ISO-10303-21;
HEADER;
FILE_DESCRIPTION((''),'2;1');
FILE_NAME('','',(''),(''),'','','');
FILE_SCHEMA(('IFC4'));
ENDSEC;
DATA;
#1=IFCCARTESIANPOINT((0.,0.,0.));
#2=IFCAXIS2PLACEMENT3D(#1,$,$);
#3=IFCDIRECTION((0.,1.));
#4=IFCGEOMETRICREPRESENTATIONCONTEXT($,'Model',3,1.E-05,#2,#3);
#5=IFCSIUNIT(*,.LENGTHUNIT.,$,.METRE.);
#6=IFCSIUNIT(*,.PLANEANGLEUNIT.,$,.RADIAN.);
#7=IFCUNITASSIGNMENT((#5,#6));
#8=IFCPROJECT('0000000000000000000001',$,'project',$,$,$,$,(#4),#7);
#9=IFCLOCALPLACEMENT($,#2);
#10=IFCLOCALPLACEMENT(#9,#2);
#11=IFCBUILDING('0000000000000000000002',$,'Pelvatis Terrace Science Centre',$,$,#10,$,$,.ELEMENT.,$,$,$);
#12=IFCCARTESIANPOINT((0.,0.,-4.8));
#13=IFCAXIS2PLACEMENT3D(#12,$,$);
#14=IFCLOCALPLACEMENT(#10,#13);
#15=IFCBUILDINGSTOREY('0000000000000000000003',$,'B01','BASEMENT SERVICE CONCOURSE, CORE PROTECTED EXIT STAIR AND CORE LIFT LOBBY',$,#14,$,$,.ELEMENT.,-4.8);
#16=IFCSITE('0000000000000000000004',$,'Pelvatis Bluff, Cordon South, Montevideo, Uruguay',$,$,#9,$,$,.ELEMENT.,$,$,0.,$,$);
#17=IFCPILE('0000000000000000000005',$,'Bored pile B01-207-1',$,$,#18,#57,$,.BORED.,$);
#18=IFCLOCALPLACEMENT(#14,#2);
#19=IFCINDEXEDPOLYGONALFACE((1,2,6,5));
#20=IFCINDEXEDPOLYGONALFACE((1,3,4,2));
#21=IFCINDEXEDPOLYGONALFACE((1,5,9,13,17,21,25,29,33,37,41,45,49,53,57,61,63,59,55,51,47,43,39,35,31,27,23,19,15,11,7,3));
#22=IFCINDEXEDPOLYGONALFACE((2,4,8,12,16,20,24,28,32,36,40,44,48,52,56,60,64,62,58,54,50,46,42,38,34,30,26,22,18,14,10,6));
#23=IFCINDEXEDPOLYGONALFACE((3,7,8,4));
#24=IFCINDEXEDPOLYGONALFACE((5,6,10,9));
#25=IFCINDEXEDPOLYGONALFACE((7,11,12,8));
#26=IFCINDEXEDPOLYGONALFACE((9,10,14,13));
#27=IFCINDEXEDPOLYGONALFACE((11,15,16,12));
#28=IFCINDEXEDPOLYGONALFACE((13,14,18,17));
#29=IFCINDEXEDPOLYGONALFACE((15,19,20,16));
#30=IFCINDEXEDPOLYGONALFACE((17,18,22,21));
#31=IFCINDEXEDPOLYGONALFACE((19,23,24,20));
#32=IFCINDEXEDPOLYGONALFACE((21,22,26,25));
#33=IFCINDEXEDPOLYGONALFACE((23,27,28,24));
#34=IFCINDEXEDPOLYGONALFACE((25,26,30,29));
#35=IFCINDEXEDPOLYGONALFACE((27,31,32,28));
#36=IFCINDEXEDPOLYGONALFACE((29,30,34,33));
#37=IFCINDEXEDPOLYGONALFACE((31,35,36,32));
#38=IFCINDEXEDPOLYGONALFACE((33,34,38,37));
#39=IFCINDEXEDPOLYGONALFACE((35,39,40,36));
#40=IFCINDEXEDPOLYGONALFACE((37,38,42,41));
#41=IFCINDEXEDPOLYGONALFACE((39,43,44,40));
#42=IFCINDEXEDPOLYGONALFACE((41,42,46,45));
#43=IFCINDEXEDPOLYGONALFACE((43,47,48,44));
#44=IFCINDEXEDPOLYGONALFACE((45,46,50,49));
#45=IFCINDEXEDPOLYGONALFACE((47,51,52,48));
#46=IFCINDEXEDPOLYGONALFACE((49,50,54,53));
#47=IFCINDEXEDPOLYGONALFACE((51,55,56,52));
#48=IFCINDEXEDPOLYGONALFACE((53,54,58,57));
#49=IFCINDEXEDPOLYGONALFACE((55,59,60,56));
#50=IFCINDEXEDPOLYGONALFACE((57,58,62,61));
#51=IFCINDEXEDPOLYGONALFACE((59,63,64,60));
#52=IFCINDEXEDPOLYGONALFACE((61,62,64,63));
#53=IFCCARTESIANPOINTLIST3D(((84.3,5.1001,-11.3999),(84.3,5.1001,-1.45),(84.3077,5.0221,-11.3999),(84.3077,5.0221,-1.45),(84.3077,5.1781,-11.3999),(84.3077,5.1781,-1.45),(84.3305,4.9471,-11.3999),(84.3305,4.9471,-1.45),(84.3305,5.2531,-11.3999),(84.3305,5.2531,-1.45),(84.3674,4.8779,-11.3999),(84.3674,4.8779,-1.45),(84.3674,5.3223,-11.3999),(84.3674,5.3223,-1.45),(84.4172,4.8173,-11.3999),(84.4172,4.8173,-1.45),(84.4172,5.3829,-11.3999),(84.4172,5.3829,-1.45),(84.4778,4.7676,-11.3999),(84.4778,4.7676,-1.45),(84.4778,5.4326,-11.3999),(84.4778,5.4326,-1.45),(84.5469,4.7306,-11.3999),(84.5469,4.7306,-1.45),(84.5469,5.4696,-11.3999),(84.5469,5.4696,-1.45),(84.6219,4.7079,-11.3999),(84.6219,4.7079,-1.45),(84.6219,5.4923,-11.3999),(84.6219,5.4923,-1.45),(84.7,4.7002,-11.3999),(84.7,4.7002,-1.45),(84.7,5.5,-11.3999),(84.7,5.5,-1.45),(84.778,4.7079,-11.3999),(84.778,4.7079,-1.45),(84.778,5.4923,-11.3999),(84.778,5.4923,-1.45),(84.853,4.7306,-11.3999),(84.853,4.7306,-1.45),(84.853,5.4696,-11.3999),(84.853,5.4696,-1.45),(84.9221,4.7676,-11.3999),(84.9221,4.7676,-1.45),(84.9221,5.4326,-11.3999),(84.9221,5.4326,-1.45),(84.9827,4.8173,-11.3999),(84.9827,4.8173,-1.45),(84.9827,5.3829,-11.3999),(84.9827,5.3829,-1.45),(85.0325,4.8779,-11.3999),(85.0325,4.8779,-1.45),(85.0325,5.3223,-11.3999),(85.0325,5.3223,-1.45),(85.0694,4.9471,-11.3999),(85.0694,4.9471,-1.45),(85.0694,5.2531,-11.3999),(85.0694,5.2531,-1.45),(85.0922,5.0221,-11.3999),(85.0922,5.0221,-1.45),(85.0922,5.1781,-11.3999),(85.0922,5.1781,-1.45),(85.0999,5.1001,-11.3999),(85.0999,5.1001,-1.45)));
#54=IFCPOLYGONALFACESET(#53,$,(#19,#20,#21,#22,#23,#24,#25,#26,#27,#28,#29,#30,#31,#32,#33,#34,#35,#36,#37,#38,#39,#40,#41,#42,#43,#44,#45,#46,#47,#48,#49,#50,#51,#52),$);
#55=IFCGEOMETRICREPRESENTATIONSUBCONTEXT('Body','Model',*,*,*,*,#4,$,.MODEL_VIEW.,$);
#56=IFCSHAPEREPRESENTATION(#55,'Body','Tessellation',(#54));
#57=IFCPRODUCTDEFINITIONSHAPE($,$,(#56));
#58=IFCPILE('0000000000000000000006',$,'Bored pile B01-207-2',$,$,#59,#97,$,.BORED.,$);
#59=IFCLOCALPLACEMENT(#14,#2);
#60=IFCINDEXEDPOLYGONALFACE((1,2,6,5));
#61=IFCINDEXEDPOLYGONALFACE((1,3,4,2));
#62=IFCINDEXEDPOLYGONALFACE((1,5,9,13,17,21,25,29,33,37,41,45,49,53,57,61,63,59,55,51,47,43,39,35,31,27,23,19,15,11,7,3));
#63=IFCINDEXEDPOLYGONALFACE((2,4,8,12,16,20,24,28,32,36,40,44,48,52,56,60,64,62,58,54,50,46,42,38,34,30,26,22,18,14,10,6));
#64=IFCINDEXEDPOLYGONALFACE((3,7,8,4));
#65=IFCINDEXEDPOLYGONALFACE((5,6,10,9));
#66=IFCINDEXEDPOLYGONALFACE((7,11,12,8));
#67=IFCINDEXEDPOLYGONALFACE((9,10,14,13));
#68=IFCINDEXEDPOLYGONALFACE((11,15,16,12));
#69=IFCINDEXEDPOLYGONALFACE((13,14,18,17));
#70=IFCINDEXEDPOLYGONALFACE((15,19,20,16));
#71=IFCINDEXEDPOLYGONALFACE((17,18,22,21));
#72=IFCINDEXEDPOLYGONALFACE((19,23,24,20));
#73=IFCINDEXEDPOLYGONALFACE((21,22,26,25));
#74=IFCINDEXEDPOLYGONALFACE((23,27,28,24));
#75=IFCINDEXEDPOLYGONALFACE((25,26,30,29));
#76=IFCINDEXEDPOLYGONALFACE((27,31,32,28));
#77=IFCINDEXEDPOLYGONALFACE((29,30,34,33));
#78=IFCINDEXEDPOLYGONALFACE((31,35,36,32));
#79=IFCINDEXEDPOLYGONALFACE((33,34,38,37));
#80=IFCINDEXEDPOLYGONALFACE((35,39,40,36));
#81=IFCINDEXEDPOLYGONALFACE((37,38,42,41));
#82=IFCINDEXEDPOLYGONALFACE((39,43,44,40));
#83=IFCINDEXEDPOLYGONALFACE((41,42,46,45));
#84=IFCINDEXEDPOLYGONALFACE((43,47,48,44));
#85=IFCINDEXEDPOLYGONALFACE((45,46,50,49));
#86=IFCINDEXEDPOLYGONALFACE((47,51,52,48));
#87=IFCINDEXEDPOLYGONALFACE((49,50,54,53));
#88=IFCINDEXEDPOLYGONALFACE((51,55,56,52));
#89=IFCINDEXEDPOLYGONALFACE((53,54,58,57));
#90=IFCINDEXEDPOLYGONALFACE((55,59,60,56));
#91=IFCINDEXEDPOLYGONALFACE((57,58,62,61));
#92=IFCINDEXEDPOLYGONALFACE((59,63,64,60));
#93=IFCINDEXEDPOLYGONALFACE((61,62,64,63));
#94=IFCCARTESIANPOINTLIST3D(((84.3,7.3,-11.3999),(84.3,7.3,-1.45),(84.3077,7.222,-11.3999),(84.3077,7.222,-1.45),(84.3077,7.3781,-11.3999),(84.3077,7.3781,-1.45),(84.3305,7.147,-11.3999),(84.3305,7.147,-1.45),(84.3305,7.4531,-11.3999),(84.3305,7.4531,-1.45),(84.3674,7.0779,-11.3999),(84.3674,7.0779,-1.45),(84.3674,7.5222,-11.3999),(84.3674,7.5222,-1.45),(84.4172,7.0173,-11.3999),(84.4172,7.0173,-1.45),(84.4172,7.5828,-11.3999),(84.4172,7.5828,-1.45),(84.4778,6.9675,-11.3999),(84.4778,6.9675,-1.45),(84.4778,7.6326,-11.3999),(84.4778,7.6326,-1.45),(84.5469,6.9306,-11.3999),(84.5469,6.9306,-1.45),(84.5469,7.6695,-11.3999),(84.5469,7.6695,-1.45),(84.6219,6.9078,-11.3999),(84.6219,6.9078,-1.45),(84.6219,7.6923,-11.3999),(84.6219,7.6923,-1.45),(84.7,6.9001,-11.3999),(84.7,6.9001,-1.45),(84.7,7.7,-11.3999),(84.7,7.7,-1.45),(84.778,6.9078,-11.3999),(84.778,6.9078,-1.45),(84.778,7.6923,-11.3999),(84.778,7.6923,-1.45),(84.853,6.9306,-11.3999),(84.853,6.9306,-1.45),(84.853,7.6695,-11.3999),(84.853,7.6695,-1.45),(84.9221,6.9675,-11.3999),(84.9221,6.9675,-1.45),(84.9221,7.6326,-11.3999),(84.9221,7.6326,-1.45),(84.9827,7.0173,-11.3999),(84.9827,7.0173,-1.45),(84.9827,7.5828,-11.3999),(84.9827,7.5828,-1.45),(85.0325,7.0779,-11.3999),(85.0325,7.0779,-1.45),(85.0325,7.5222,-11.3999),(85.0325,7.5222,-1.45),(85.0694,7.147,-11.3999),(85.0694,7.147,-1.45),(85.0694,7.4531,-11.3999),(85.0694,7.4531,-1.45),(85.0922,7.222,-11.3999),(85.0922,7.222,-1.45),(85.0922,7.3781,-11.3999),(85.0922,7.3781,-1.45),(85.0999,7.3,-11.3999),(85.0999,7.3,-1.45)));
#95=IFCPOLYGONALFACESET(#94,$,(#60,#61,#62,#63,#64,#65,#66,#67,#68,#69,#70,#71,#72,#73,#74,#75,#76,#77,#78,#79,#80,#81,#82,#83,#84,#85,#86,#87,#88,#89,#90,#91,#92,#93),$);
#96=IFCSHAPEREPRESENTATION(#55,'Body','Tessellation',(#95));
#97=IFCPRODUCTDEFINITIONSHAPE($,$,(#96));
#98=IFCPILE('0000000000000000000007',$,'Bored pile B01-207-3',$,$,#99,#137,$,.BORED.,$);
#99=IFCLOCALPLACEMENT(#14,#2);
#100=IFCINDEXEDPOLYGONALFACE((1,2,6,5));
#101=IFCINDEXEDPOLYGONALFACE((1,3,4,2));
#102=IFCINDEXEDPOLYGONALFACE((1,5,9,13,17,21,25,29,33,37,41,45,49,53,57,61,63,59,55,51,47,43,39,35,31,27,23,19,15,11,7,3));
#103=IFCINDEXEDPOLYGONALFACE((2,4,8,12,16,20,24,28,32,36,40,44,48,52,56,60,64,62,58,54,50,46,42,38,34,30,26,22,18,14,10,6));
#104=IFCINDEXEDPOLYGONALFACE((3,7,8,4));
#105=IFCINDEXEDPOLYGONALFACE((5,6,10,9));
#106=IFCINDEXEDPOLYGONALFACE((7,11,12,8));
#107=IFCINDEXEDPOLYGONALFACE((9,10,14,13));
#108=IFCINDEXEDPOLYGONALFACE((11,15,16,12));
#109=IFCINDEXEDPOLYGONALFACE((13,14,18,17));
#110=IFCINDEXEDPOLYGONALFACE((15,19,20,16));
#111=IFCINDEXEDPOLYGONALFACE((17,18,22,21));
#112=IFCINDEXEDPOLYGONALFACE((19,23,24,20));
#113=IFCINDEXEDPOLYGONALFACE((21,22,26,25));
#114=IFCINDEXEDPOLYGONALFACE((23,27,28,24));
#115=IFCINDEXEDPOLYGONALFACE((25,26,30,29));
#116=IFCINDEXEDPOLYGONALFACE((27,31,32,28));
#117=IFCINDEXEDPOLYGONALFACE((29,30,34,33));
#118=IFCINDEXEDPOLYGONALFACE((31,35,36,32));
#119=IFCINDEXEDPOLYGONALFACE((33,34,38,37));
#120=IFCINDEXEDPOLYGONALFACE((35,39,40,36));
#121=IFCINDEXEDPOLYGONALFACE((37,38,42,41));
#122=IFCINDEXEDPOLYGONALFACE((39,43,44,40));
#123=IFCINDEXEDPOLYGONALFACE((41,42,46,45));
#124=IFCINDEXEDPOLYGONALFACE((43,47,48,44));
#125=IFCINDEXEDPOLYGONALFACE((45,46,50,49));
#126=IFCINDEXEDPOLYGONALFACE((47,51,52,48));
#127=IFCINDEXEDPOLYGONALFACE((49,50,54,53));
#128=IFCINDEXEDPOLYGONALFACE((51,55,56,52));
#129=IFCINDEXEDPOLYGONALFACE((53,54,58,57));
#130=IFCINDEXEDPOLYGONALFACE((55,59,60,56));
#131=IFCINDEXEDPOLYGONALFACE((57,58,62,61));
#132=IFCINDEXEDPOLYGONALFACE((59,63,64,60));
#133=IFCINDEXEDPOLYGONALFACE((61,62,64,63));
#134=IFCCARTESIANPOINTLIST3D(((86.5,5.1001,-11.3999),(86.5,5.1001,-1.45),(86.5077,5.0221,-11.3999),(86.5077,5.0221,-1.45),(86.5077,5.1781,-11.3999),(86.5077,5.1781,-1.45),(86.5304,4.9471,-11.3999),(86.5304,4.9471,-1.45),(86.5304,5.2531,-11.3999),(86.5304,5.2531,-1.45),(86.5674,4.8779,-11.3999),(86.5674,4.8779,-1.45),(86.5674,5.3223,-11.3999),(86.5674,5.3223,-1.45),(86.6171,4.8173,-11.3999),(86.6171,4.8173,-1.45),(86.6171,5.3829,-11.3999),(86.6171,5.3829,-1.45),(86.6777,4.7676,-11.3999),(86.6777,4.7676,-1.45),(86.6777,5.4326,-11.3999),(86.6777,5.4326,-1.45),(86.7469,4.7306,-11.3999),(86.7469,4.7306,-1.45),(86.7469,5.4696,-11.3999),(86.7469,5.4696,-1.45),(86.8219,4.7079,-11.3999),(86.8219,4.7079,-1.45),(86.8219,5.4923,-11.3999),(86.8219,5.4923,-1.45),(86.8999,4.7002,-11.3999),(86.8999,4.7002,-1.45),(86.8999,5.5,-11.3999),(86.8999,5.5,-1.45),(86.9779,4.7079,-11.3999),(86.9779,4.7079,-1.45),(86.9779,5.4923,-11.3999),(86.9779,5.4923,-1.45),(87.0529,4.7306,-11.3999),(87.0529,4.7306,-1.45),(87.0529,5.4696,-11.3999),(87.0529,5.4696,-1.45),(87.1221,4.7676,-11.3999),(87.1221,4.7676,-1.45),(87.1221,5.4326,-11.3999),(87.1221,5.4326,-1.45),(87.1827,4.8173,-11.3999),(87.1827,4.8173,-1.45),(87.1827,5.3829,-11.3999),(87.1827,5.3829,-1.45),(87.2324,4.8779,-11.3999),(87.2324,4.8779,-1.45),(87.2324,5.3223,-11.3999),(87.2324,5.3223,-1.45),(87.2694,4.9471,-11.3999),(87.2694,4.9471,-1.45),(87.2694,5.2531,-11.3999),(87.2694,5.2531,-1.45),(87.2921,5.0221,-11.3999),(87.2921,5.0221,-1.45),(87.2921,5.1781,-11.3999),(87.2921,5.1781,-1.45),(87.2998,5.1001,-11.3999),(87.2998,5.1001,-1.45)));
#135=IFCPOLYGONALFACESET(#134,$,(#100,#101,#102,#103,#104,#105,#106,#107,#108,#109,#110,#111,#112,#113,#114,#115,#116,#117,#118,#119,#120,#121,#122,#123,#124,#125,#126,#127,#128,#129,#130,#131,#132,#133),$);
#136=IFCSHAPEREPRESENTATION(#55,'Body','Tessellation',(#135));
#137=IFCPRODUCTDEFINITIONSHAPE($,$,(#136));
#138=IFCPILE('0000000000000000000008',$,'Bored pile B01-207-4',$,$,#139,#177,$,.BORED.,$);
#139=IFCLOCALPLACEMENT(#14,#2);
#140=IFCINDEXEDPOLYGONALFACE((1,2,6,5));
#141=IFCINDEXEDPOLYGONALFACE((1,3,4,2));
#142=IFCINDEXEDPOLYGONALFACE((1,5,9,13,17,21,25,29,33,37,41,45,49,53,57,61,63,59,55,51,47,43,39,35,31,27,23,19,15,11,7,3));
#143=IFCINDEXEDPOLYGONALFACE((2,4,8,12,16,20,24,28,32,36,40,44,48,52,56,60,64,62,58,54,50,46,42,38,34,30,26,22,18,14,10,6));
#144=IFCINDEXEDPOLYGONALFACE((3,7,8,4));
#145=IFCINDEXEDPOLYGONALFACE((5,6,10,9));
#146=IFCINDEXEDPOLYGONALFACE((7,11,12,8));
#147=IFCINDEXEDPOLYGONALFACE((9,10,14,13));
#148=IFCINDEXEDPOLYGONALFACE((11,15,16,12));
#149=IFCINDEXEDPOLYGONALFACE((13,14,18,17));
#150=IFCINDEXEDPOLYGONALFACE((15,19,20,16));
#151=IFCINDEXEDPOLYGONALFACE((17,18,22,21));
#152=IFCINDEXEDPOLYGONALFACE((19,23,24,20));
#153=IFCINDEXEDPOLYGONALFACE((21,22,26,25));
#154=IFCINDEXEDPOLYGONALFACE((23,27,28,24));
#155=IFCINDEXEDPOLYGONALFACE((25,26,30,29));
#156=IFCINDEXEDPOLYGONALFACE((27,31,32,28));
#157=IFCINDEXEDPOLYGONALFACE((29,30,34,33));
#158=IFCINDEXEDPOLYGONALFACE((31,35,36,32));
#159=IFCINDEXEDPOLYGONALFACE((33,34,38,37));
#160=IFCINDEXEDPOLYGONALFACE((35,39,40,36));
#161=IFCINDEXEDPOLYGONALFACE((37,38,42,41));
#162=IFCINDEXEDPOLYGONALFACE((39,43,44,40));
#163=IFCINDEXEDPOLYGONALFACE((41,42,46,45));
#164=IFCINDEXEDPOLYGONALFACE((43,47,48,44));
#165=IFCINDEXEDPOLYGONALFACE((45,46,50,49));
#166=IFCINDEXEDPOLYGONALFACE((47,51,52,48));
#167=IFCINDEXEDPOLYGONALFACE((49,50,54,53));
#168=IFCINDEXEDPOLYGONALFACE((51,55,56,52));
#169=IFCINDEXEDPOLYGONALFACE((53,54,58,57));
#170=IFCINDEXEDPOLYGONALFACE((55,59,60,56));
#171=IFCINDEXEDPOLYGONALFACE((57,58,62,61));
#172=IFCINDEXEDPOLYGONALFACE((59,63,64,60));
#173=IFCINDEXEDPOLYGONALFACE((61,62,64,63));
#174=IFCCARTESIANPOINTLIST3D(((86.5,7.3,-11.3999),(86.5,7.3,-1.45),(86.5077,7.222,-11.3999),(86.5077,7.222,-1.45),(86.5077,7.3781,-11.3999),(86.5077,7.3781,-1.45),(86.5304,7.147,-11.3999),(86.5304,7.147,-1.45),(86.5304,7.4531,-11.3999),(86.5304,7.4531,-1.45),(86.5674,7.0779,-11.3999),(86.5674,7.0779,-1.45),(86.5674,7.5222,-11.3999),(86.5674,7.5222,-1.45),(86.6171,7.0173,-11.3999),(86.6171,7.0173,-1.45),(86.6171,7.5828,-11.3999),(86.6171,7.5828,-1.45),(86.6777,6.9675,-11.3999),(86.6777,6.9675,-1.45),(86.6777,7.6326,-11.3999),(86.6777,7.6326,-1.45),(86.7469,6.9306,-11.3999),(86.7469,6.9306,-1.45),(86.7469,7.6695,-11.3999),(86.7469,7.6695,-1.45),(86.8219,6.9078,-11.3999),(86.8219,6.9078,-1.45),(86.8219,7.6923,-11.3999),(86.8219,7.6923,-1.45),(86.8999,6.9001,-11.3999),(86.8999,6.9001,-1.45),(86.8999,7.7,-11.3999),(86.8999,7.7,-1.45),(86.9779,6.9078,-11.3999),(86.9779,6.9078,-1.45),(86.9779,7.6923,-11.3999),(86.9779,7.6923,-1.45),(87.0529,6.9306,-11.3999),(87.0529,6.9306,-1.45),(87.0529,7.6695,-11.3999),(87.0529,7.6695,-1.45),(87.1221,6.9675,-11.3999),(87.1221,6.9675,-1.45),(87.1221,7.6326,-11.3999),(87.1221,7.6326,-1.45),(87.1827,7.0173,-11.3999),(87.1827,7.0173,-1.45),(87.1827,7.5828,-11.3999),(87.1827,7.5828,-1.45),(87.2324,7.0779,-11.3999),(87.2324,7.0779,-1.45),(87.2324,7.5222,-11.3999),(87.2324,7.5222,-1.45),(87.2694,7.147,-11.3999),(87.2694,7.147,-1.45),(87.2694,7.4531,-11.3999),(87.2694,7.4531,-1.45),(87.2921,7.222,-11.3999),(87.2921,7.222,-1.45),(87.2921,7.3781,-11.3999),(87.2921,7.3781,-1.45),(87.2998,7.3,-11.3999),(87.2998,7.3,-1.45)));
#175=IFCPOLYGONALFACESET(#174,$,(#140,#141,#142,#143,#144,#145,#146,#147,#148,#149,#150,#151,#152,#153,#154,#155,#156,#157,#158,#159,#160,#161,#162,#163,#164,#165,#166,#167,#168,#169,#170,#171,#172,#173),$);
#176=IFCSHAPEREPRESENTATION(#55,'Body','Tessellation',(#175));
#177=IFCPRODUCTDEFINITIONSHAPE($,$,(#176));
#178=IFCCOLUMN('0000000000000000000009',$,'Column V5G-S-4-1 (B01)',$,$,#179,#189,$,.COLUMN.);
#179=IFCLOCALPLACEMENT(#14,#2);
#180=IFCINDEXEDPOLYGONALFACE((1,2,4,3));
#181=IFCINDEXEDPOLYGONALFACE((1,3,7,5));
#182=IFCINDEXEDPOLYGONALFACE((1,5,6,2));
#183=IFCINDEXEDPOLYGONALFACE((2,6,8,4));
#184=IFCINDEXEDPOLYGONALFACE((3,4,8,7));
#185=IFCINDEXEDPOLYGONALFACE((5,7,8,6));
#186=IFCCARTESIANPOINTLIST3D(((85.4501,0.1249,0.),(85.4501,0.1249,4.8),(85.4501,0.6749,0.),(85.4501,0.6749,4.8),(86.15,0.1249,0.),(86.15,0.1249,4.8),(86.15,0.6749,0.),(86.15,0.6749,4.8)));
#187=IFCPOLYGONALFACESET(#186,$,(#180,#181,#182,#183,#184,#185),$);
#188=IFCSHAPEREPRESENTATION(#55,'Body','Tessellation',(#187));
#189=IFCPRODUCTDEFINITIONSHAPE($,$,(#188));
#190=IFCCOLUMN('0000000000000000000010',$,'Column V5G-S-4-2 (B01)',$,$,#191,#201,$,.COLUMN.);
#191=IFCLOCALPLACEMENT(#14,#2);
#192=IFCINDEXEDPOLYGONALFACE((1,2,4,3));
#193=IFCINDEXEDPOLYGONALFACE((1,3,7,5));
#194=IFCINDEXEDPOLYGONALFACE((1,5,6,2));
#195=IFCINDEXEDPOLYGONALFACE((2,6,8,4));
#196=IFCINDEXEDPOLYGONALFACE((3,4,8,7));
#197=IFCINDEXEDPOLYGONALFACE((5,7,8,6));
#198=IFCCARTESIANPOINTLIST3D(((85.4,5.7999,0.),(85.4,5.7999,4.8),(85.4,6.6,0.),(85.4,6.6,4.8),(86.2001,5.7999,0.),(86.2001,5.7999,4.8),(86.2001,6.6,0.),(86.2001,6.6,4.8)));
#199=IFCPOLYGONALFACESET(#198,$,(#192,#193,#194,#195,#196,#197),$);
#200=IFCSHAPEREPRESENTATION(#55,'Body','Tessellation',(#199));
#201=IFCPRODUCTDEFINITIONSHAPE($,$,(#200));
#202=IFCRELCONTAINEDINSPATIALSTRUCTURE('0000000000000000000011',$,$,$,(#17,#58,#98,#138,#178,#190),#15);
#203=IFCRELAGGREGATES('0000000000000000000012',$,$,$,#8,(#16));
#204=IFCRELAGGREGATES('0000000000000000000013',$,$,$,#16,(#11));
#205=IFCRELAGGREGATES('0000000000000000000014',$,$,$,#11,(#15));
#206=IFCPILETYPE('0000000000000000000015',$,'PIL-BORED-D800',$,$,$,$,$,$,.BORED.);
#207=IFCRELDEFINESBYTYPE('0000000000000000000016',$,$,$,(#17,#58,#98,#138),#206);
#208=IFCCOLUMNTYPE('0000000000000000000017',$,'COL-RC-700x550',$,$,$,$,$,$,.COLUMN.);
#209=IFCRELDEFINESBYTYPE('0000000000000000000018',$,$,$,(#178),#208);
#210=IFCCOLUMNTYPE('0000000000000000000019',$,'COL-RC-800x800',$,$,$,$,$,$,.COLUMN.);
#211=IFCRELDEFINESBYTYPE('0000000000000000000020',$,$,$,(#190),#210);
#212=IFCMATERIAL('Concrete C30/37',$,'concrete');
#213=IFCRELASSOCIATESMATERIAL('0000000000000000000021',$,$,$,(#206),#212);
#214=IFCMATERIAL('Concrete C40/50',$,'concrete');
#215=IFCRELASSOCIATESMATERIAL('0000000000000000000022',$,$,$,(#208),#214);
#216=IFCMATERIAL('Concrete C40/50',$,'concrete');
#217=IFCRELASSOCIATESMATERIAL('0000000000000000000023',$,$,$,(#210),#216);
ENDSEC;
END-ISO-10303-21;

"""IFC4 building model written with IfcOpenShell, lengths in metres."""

from ifc_helpers import new_model, si_unit, direction, frame, origin, origin_2d, place, context, subcontext, project, spatial, rectangle, circle, extrude, material, material_profile, profile_set, type_object, element, save


model = new_model("IFC4")

# Units and contexts
model_context = context("Model", 3, precision=1e-05, world=origin(), true_north=direction((0.0, 1.0)))
body_context = subcontext(model_context, "Body", "Model", "MODEL_VIEW")
ifc_project = project(units=[si_unit("LENGTHUNIT", "METRE"), si_unit("PLANEANGLEUNIT", "RADIAN")], contexts=[model_context])

# Site, building, storey
site_placement = place(None, origin())
site = spatial("IfcSite", under=ifc_project, at=site_placement, Name="Pelvatis Bluff, Cordon South, Montevideo, Uruguay", CompositionType="ELEMENT", RefElevation=0.0)
building_placement = place(site_placement, origin())
building = spatial("IfcBuilding", under=site, at=building_placement, Name="Pelvatis Terrace Science Centre", CompositionType="ELEMENT")
storey_placement = place(building_placement, frame((0.0, 0.0, -4.8)))
storey = spatial("IfcBuildingStorey", under=building, at=storey_placement, Name="B01", Description="BASEMENT SERVICE CONCOURSE, CORE PROTECTED EXIT STAIR AND CORE LIFT LOBBY", CompositionType="ELEMENT", Elevation=-4.8)

# Piles
ifc_material_1 = material(Name="Concrete C30/37", Category="concrete")
ifc_material_profile_1 = material_profile(ifc_material_1, circle(Radius=0.3999, at=origin_2d()), Name="PILE D800")
ifc_profile_set_1 = profile_set([ifc_material_profile_1], Name="Concrete C30/37")
pile_type = type_object("IfcPileType", Name="PIL-BORED-D800", PredefinedType="BORED", material=ifc_profile_set_1)
for number, where, z_axis, x_axis, name in (
    (1, (84.7, 5.1001, -1.45), (0.0, 0.0, -1.0), (1.0, 0.0, 0.0), "Bored pile B01-207-1"),
    (2, (84.7, 7.3, -1.45), (0.0, 0.0, -1.0), (1.0, 0.0, 0.0), "Bored pile B01-207-2"),
    (3, (86.8999, 5.1001, -1.45), (0.0, 0.0, -1.0), (1.0, 0.0, 0.0), "Bored pile B01-207-3"),
    (4, (86.8999, 7.3, -1.45), (0.0, 0.0, -1.0), (1.0, 0.0, 0.0), "Bored pile B01-207-4"),
):
    element("IfcPile", number, at=place(storey_placement, frame(where, z_axis=z_axis, x_axis=x_axis)), inside=storey, type_object=pile_type, Name=name, PredefinedType="BORED", context=body_context, shape_type="SweptSolid", body=[
        extrude(circle(Radius=0.3999, at=origin_2d()), origin(), (0.0, 0.0, 1.0), 9.95),
    ])

# Columns
ifc_material_2 = material(Name="Concrete C40/50", Category="concrete")
ifc_material_profile_2 = material_profile(ifc_material_2, rectangle(XDim=0.7, YDim=0.55, at=origin_2d()), Name="RC-COL 700x550")
ifc_profile_set_2 = profile_set([ifc_material_profile_2], Name="Concrete C40/50")
column_type_1 = type_object("IfcColumnType", Name="COL-RC-700x550", PredefinedType="COLUMN", material=ifc_profile_set_2)
column_1_placement = place(storey_placement, frame((85.8, 0.3999, 0.0), z_axis=(0.0, 0.0, 1.0), x_axis=(1.0, 0.0, 0.0)))
element("IfcColumn", 5, at=column_1_placement, inside=storey, type_object=column_type_1, Name="Column V5G-S-4-1 (B01)", PredefinedType="COLUMN", context=body_context, shape_type="SweptSolid", body=[
    extrude(rectangle(XDim=0.7, YDim=0.55, at=origin_2d()), origin(), (0.0, 0.0, 1.0), 4.8),
])
ifc_material_3 = material(Name="Concrete C40/50", Category="concrete")
ifc_material_profile_3 = material_profile(ifc_material_3, rectangle(XDim=0.8, YDim=0.8, at=origin_2d()), Name="RC-COL 800x800")
ifc_profile_set_3 = profile_set([ifc_material_profile_3], Name="Concrete C40/50")
column_type_2 = type_object("IfcColumnType", Name="COL-RC-800x800", PredefinedType="COLUMN", material=ifc_profile_set_3)
column_2_placement = place(storey_placement, frame((85.8, 6.2, 0.0), z_axis=(0.0, 0.0, 1.0), x_axis=(1.0, 0.0, 0.0)))
element("IfcColumn", 6, at=column_2_placement, inside=storey, type_object=column_type_2, Name="Column V5G-S-4-2 (B01)", PredefinedType="COLUMN", context=body_context, shape_type="SweptSolid", body=[
    extrude(rectangle(XDim=0.8, YDim=0.8, at=origin_2d()), origin(), (0.0, 0.0, 1.0), 4.8),
])

save(model, "model.ifc")
